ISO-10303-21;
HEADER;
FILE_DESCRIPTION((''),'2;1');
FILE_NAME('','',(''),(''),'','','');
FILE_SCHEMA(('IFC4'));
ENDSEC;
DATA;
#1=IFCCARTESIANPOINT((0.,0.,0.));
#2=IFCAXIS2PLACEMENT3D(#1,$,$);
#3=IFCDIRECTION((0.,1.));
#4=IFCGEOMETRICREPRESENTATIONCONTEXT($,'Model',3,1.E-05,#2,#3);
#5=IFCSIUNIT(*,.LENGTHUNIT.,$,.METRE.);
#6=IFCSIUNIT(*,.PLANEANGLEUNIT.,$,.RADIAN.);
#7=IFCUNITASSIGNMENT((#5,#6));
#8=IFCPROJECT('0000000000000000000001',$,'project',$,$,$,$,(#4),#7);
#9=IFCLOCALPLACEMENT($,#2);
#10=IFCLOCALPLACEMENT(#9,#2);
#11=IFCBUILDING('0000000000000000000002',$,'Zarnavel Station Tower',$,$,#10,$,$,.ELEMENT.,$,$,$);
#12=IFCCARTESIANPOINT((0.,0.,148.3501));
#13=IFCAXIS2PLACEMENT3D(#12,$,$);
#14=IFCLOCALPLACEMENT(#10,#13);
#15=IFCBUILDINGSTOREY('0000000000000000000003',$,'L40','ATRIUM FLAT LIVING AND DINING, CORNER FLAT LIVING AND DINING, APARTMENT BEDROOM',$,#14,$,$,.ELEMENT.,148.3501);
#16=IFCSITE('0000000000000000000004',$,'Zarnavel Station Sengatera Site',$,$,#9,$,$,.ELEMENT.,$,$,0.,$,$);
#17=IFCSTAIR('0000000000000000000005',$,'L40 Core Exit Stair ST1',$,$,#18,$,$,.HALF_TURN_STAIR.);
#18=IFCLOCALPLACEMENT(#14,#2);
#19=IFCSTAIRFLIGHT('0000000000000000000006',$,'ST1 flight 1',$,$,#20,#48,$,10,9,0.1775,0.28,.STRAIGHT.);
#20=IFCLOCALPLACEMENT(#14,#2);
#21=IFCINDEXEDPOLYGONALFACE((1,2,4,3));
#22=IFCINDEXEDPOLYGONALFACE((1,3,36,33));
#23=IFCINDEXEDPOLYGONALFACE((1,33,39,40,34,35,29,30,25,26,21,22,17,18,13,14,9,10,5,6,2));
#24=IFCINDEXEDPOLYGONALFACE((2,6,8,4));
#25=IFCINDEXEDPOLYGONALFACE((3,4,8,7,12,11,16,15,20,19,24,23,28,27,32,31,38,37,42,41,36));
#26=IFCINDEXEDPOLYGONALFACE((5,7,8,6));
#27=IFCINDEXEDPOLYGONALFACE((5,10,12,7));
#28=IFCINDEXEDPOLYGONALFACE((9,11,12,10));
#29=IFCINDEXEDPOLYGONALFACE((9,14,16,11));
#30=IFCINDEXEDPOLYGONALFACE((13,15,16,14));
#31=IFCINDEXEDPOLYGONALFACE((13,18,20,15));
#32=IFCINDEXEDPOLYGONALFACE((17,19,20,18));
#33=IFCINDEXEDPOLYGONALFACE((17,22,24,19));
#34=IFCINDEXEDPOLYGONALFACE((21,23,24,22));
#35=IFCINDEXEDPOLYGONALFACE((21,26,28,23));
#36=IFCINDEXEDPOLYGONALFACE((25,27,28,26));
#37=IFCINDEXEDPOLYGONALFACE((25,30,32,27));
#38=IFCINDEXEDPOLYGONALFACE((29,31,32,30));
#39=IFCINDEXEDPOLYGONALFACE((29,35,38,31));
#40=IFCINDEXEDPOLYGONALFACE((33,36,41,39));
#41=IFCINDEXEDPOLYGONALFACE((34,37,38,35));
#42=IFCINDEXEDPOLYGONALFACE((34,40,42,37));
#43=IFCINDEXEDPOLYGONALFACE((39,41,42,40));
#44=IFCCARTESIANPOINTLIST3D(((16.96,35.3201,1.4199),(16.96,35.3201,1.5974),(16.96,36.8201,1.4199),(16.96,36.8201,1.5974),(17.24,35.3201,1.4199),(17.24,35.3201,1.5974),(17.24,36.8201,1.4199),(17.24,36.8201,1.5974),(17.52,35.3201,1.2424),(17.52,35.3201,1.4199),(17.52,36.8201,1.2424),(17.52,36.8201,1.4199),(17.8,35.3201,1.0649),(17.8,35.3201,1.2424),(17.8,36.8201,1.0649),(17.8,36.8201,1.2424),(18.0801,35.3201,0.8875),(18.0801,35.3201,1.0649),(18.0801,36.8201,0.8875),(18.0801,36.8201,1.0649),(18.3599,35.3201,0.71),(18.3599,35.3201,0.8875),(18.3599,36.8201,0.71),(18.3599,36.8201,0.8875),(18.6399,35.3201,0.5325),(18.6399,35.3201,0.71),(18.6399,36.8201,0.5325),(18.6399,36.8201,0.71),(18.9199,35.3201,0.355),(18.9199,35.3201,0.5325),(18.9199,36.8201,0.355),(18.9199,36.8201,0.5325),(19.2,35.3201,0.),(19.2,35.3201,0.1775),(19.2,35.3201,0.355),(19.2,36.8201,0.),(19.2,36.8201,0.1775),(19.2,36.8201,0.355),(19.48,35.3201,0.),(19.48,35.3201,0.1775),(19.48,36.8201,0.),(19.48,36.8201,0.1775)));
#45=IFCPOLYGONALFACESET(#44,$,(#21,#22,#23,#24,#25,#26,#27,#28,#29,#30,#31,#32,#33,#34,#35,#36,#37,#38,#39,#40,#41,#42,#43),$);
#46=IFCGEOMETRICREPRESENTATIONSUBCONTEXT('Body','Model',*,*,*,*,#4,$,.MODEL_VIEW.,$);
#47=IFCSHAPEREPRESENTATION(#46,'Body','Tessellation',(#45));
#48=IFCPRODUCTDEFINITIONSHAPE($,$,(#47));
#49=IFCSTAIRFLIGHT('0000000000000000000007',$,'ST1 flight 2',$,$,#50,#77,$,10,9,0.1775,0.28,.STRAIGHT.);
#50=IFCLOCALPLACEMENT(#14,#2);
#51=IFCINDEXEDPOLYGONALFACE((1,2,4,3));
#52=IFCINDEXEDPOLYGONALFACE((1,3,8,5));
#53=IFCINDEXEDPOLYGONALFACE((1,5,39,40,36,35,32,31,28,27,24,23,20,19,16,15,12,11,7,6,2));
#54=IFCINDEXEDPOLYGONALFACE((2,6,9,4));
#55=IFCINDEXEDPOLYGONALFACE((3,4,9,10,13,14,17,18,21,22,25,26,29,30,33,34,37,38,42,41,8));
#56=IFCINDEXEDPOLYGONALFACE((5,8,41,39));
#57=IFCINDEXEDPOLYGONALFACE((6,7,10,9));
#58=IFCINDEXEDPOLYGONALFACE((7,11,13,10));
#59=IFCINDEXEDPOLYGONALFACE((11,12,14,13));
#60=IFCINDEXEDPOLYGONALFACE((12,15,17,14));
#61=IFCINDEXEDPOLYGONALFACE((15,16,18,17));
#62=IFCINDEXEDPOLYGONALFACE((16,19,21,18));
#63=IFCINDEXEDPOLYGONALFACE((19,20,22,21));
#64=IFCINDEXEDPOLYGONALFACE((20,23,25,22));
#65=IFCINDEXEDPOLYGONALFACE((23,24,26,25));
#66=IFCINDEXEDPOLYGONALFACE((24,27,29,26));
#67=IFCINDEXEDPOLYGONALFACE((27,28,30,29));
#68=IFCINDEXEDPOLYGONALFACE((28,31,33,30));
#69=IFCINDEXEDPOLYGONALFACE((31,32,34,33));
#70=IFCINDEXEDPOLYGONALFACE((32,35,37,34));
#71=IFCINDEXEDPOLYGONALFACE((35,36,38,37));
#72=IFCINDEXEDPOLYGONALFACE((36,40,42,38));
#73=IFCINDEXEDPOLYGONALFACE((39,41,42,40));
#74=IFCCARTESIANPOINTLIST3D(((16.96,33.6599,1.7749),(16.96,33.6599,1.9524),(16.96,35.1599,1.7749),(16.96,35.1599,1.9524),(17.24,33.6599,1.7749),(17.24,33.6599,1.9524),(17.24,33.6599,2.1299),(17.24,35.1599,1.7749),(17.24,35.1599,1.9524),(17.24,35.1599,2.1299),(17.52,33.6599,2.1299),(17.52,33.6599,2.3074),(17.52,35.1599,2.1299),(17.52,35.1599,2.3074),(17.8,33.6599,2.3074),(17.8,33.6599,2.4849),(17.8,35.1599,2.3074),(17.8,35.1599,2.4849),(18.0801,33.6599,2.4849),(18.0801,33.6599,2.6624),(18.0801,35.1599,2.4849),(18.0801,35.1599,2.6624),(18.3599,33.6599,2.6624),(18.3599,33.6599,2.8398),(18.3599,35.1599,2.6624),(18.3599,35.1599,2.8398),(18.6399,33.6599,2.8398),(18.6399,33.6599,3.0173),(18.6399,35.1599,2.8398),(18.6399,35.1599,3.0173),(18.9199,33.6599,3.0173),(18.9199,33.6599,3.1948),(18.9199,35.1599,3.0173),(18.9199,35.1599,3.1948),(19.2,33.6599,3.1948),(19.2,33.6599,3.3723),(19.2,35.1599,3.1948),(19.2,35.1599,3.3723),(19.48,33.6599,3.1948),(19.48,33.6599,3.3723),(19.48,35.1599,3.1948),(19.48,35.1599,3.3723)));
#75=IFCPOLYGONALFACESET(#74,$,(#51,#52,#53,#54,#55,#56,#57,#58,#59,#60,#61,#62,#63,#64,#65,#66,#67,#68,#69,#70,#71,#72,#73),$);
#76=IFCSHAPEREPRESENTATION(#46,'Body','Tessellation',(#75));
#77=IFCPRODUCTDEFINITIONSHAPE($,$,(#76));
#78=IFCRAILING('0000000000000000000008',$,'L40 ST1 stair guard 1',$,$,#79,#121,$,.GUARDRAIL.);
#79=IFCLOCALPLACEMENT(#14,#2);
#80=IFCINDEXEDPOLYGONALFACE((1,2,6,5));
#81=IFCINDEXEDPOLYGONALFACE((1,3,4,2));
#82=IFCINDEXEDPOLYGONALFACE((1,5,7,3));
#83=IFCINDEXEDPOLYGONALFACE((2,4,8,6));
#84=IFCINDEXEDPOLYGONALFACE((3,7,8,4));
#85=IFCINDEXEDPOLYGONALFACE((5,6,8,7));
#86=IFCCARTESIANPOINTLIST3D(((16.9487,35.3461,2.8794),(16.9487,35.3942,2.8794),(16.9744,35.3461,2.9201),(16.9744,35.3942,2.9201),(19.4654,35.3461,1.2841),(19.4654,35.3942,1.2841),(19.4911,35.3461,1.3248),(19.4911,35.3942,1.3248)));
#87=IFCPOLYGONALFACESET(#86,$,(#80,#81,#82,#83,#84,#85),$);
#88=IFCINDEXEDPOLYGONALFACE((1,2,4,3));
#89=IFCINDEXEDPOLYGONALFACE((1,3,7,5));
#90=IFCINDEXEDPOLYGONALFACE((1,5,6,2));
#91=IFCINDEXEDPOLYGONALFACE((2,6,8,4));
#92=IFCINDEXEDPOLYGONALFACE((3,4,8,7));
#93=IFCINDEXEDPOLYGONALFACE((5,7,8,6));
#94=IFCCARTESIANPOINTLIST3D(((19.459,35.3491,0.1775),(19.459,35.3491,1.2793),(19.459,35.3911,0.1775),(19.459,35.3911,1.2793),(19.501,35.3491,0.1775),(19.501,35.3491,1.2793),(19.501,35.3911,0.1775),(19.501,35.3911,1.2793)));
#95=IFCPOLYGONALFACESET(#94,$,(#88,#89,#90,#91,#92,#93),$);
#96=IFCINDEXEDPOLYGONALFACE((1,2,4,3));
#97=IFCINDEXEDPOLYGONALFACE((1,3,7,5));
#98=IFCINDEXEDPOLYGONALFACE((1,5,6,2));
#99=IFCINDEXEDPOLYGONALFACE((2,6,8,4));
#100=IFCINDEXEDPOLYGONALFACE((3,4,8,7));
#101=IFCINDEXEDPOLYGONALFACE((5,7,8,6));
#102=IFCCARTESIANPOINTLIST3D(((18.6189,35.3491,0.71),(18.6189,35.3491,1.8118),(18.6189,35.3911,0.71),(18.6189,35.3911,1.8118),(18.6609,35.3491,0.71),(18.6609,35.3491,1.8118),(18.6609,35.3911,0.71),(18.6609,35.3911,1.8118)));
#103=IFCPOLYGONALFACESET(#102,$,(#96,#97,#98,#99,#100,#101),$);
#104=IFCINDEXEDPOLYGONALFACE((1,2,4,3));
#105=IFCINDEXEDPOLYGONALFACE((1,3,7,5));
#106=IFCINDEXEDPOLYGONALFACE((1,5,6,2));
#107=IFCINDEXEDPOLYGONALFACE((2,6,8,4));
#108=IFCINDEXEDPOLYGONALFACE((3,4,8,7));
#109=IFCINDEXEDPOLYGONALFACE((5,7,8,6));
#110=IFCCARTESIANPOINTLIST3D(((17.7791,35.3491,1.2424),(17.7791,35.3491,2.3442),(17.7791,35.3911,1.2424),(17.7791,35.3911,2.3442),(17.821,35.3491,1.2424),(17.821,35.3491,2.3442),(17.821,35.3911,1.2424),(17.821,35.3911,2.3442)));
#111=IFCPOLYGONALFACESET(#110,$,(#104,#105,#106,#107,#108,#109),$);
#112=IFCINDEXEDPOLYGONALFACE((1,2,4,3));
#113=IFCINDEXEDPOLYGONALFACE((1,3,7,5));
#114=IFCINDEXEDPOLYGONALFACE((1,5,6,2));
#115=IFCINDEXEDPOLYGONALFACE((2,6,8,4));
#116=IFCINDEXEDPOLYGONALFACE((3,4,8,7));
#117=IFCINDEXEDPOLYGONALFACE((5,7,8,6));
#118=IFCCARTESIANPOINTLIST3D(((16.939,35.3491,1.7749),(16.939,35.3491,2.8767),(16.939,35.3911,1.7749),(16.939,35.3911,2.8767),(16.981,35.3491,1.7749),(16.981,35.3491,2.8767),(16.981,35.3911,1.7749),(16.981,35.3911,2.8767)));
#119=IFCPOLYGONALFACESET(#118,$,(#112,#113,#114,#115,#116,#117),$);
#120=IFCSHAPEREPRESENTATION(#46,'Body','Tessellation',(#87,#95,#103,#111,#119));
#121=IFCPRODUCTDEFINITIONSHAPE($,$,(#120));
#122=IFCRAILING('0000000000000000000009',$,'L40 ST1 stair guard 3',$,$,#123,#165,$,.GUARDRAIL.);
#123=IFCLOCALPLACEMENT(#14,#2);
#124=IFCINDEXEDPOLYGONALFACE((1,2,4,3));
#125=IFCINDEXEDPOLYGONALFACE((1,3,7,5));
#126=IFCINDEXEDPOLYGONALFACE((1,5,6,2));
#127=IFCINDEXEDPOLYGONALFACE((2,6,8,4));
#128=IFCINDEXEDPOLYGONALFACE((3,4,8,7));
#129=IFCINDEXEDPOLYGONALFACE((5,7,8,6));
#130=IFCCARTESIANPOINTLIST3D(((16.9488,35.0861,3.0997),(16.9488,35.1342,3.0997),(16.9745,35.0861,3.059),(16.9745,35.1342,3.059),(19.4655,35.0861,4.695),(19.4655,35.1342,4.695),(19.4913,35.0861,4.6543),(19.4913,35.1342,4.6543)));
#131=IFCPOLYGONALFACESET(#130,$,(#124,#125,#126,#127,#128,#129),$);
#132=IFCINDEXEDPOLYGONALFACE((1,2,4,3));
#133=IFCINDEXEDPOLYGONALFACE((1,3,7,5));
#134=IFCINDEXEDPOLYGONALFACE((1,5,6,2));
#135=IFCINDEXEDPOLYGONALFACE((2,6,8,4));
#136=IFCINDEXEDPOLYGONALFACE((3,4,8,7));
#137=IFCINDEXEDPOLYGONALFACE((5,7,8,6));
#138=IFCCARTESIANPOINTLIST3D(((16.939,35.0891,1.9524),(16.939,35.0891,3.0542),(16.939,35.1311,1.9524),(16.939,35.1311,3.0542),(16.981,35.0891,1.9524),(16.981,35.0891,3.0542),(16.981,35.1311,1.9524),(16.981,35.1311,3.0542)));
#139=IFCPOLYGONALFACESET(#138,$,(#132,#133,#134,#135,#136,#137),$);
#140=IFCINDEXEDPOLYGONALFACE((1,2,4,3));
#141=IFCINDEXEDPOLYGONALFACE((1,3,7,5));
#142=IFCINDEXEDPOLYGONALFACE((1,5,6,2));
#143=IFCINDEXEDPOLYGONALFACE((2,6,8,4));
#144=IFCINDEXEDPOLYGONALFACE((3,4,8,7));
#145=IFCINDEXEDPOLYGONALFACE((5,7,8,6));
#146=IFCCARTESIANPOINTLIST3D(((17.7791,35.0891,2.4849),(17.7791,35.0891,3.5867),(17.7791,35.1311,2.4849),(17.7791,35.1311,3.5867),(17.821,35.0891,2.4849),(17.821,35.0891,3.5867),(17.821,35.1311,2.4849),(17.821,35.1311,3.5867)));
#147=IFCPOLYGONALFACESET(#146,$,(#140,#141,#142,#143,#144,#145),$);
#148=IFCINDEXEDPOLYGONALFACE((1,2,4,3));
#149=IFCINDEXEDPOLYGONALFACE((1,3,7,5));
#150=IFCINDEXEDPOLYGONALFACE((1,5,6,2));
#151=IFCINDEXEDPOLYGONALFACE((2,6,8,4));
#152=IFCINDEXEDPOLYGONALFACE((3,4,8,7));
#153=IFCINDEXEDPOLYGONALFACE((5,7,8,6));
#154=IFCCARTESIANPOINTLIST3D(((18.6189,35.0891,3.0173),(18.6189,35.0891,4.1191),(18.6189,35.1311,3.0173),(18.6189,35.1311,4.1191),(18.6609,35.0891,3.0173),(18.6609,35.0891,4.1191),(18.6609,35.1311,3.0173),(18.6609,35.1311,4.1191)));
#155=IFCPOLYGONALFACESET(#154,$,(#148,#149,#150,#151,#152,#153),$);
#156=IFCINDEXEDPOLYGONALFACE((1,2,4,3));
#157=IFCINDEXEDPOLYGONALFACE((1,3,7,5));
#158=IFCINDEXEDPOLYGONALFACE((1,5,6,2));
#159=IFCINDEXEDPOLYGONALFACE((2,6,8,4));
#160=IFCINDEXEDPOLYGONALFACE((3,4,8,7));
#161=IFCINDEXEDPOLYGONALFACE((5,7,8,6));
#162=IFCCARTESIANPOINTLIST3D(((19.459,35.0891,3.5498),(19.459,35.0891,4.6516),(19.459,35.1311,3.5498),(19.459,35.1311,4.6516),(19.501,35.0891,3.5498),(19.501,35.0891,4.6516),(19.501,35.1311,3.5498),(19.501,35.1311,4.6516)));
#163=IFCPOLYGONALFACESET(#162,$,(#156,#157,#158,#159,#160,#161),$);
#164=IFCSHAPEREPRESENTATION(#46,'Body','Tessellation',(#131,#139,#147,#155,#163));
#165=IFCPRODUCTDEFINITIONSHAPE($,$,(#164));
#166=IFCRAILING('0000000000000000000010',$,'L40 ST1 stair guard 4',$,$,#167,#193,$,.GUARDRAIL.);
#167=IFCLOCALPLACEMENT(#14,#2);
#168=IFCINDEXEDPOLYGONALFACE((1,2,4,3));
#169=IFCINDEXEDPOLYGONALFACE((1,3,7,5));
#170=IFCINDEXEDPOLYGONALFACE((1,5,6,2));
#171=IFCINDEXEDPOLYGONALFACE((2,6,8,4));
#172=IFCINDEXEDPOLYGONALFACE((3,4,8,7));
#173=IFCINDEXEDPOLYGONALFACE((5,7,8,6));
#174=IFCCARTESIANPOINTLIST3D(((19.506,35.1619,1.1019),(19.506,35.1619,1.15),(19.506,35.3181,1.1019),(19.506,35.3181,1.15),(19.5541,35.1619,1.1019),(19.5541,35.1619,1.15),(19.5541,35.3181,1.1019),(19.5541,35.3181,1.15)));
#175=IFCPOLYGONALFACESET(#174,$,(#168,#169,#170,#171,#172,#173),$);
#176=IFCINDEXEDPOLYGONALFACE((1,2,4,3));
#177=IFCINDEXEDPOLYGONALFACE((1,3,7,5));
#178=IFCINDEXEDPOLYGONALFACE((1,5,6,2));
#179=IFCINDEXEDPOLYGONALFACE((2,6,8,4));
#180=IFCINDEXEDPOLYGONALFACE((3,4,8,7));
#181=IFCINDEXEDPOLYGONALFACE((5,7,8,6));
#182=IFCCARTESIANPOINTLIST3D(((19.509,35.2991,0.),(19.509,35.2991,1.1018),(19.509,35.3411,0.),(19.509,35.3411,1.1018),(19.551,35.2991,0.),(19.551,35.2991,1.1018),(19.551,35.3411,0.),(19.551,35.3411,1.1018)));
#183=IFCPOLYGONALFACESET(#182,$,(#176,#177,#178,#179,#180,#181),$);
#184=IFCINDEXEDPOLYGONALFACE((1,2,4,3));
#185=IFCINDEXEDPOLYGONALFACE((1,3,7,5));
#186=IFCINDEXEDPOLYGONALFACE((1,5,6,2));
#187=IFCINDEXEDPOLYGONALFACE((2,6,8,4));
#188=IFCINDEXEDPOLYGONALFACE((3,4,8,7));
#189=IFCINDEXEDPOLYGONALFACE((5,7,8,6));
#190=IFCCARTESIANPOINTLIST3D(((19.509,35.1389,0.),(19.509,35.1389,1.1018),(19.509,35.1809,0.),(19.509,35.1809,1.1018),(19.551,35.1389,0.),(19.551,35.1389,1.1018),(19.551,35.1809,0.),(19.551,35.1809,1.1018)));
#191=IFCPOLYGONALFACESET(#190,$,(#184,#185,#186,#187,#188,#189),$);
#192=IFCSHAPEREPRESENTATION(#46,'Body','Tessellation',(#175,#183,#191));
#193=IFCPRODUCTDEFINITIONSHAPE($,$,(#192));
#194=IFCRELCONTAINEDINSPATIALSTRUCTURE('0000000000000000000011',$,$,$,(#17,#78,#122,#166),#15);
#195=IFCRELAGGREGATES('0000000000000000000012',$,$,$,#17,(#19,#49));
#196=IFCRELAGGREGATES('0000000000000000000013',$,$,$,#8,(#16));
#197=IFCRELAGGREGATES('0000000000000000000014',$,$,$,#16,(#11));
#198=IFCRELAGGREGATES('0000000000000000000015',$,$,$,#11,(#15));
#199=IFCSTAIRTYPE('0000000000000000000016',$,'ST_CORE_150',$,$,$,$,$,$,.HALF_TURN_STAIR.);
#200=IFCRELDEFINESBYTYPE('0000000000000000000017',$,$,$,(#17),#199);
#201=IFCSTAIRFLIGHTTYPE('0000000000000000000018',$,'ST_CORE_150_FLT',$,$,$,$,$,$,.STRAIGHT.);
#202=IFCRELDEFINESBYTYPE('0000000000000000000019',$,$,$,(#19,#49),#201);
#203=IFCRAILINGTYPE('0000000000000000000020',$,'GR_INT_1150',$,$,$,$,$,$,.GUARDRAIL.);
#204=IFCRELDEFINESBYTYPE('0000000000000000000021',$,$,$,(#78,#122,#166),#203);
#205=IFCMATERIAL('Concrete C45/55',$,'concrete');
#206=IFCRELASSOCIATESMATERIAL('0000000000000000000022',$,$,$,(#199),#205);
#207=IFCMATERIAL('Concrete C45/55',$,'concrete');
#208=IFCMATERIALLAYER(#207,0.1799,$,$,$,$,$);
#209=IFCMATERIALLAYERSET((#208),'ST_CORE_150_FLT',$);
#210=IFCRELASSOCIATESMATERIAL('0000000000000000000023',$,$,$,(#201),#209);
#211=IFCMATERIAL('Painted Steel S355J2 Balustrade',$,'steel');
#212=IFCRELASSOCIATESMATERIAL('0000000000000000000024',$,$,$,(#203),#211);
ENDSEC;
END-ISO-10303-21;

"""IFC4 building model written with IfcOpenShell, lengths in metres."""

from ifc_helpers import new_model, si_unit, direction, frame, origin, origin_2d, place, context, subcontext, project, spatial, polyline, rectangle, outline, extrude, material, layer, layer_set, type_object, element, aggregate, save


model = new_model("IFC4")

# Units and contexts
model_context = context("Model", 3, precision=1e-05, world=origin(), true_north=direction((0.0, 1.0)))
body_context = subcontext(model_context, "Body", "Model", "MODEL_VIEW")
ifc_project = project(units=[si_unit("LENGTHUNIT", "METRE"), si_unit("PLANEANGLEUNIT", "RADIAN")], contexts=[model_context])

# Site, building, storey
site_placement = place(None, origin())
site = spatial("IfcSite", under=ifc_project, at=site_placement, Name="Zarnavel Station Sengatera Site", CompositionType="ELEMENT", RefElevation=0.0)
building_placement = place(site_placement, origin())
building = spatial("IfcBuilding", under=site, at=building_placement, Name="Zarnavel Station Tower", CompositionType="ELEMENT")
storey_placement = place(building_placement, frame((0.0, 0.0, 148.3501)))
storey = spatial("IfcBuildingStorey", under=building, at=storey_placement, Name="L40", Description="ATRIUM FLAT LIVING AND DINING, CORNER FLAT LIVING AND DINING, APARTMENT BEDROOM", CompositionType="ELEMENT", Elevation=148.3501)

# Stair, stair flights
ifc_material_1 = material(Name="Concrete C45/55", Category="concrete")
stair_type = type_object("IfcStairType", Name="ST_CORE_150", PredefinedType="HALF_TURN_STAIR", material=ifc_material_1)
stair_placement = place(storey_placement, origin())
stair = element("IfcStair", 1, at=stair_placement, inside=storey, type_object=stair_type, Name="L40 Core Exit Stair ST1", PredefinedType="HALF_TURN_STAIR")
ifc_material_2 = material(Name="Concrete C45/55", Category="concrete")
ifc_layer_1 = layer(ifc_material_2, 0.1799)
ifc_layer_set_1 = layer_set([ifc_layer_1], Name="ST_CORE_150_FLT")
stair_flight_type = type_object("IfcStairFlightType", Name="ST_CORE_150_FLT", PredefinedType="STRAIGHT", material=ifc_layer_set_1)
stair_flight_1_placement = place(storey_placement, frame((19.48, 36.0701, 0.0), z_axis=(0.0, 0.0, 1.0), x_axis=(-1.0, 0.0, 0.0)))
stair_flight_1 = element("IfcStairFlight", 2, at=stair_flight_1_placement, type_object=stair_flight_type, Name="ST1 flight 1", NumberOfRisers=10, NumberOfTreads=9, PredefinedType="STRAIGHT", RiserHeight=0.1775, TreadLength=0.28, context=body_context, shape_type="SweptSolid", body=[
    extrude(outline(polyline([(0.0, 0.0), (0.0, 0.1775), (0.28, 0.1775), (0.28, 0.355), (0.5601, 0.355), (0.5601, 0.5325), (0.8401, 0.5325), (0.8401, 0.71), (1.1201, 0.71), (1.1201, 0.8875), (1.3999, 0.8875), (1.3999, 1.0649), (1.6799, 1.0649), (1.6799, 1.2424), (1.96, 1.2424), (1.96, 1.4199), (2.24, 1.4199), (2.24, 1.5974), (2.52, 1.5974), (2.52, 1.7749), (2.52, 1.4199), (0.28, 0.0), (0.0, 0.0)])), frame((0.0, 0.75, 0.0), z_axis=(0.0, -1.0, 0.0), x_axis=(1.0, 0.0, 0.0)), (0.0, 0.0, 1.0), 1.5),
])
stair_flight_2_placement = place(storey_placement, frame((16.96, 34.4099, 1.7749), z_axis=(0.0, 0.0, 1.0), x_axis=(1.0, 0.0, 0.0)))
stair_flight_2 = element("IfcStairFlight", 3, at=stair_flight_2_placement, type_object=stair_flight_type, Name="ST1 flight 2", NumberOfRisers=10, NumberOfTreads=9, PredefinedType="STRAIGHT", RiserHeight=0.1775, TreadLength=0.28, context=body_context, shape_type="SweptSolid", body=[
    extrude(outline(polyline([(0.0, 0.0), (0.0, 0.1775), (0.28, 0.1775), (0.28, 0.355), (0.5601, 0.355), (0.5601, 0.5325), (0.8401, 0.5325), (0.8401, 0.71), (1.1201, 0.71), (1.1201, 0.8875), (1.3999, 0.8875), (1.3999, 1.0649), (1.6799, 1.0649), (1.6799, 1.2424), (1.96, 1.2424), (1.96, 1.4199), (2.24, 1.4199), (2.24, 1.5974), (2.52, 1.5974), (2.52, 1.7749), (2.52, 1.4199), (0.28, 0.0), (0.0, 0.0)])), frame((0.0, 0.75, 0.0), z_axis=(0.0, -1.0, 0.0), x_axis=(1.0, 0.0, 0.0)), (0.0, 0.0, 1.0), 1.5),
])
aggregate(stair, [stair_flight_1, stair_flight_2])

# Railings
ifc_material_3 = material(Name="Painted Steel S355J2 Balustrade", Category="steel")
railing_type_1 = type_object("IfcRailingType", Name="GR_INT_1150", PredefinedType="GUARDRAIL", material=ifc_material_3)
railing_1_placement = place(storey_placement, frame((19.48, 35.3701, 0.1775)))
element("IfcRailing", 4, at=railing_1_placement, inside=storey, type_object=railing_type_1, Name="L40 ST1 stair guard 1", PredefinedType="GUARDRAIL", context=body_context, shape_type="SweptSolid", body=[
    extrude(rectangle(XDim=0.0481, YDim=0.0481, at=origin_2d()), frame((-0.0017, 0.0, 1.127), z_axis=(-0.844607, 0.0, 0.535387), x_axis=(0.0, -1.0, 0.0)), (0.0, 0.0, 1.0), 2.9797),
    extrude(rectangle(XDim=0.042, YDim=0.042, at=origin_2d()), origin(), (0.0, 0.0, 1.0), 1.1018),
    extrude(rectangle(XDim=0.042, YDim=0.042, at=origin_2d()), frame((-0.8401, 0.0, 0.5325)), (0.0, 0.0, 1.0), 1.1018),
    extrude(rectangle(XDim=0.042, YDim=0.042, at=origin_2d()), frame((-1.6799, 0.0, 1.0649)), (0.0, 0.0, 1.0), 1.1018),
    extrude(rectangle(XDim=0.042, YDim=0.042, at=origin_2d()), frame((-2.52, 0.0, 1.5974)), (0.0, 0.0, 1.0), 1.1018),
])
railing_2_placement = place(storey_placement, frame((16.96, 35.1101, 1.9524)))
element("IfcRailing", 5, at=railing_2_placement, inside=storey, type_object=railing_type_1, Name="L40 ST1 stair guard 3", PredefinedType="GUARDRAIL", context=body_context, shape_type="SweptSolid", body=[
    extrude(rectangle(XDim=0.0481, YDim=0.0481, at=origin_2d()), frame((0.0017, 0.0, 1.127), z_axis=(0.844607, 0.0, 0.535387), x_axis=(0.0, 1.0, 0.0)), (0.0, 0.0, 1.0), 2.9797),
    extrude(rectangle(XDim=0.042, YDim=0.042, at=origin_2d()), origin(), (0.0, 0.0, 1.0), 1.1018),
    extrude(rectangle(XDim=0.042, YDim=0.042, at=origin_2d()), frame((0.8401, 0.0, 0.5325)), (0.0, 0.0, 1.0), 1.1018),
    extrude(rectangle(XDim=0.042, YDim=0.042, at=origin_2d()), frame((1.6799, 0.0, 1.0649)), (0.0, 0.0, 1.0), 1.1018),
    extrude(rectangle(XDim=0.042, YDim=0.042, at=origin_2d()), frame((2.52, 0.0, 1.5974)), (0.0, 0.0, 1.0), 1.1018),
])
railing_3_placement = place(storey_placement, frame((19.53, 35.3201, 0.0)))
element("IfcRailing", 6, at=railing_3_placement, inside=storey, type_object=railing_type_1, Name="L40 ST1 stair guard 4", PredefinedType="GUARDRAIL", context=body_context, shape_type="SweptSolid", body=[
    extrude(rectangle(XDim=0.0481, YDim=0.0481, at=origin_2d()), frame((0.0, -0.002, 1.126), z_axis=(0.0, -1.0, 0.0), x_axis=(1.0, 0.0, 0.0)), (0.0, 0.0, 1.0), 0.1562),
    extrude(rectangle(XDim=0.042, YDim=0.042, at=origin_2d()), origin(), (0.0, 0.0, 1.0), 1.1018),
    extrude(rectangle(XDim=0.042, YDim=0.042, at=origin_2d()), frame((0.0, -0.1602, 0.0)), (0.0, 0.0, 1.0), 1.1018),
])

save(model, "model.ifc")
